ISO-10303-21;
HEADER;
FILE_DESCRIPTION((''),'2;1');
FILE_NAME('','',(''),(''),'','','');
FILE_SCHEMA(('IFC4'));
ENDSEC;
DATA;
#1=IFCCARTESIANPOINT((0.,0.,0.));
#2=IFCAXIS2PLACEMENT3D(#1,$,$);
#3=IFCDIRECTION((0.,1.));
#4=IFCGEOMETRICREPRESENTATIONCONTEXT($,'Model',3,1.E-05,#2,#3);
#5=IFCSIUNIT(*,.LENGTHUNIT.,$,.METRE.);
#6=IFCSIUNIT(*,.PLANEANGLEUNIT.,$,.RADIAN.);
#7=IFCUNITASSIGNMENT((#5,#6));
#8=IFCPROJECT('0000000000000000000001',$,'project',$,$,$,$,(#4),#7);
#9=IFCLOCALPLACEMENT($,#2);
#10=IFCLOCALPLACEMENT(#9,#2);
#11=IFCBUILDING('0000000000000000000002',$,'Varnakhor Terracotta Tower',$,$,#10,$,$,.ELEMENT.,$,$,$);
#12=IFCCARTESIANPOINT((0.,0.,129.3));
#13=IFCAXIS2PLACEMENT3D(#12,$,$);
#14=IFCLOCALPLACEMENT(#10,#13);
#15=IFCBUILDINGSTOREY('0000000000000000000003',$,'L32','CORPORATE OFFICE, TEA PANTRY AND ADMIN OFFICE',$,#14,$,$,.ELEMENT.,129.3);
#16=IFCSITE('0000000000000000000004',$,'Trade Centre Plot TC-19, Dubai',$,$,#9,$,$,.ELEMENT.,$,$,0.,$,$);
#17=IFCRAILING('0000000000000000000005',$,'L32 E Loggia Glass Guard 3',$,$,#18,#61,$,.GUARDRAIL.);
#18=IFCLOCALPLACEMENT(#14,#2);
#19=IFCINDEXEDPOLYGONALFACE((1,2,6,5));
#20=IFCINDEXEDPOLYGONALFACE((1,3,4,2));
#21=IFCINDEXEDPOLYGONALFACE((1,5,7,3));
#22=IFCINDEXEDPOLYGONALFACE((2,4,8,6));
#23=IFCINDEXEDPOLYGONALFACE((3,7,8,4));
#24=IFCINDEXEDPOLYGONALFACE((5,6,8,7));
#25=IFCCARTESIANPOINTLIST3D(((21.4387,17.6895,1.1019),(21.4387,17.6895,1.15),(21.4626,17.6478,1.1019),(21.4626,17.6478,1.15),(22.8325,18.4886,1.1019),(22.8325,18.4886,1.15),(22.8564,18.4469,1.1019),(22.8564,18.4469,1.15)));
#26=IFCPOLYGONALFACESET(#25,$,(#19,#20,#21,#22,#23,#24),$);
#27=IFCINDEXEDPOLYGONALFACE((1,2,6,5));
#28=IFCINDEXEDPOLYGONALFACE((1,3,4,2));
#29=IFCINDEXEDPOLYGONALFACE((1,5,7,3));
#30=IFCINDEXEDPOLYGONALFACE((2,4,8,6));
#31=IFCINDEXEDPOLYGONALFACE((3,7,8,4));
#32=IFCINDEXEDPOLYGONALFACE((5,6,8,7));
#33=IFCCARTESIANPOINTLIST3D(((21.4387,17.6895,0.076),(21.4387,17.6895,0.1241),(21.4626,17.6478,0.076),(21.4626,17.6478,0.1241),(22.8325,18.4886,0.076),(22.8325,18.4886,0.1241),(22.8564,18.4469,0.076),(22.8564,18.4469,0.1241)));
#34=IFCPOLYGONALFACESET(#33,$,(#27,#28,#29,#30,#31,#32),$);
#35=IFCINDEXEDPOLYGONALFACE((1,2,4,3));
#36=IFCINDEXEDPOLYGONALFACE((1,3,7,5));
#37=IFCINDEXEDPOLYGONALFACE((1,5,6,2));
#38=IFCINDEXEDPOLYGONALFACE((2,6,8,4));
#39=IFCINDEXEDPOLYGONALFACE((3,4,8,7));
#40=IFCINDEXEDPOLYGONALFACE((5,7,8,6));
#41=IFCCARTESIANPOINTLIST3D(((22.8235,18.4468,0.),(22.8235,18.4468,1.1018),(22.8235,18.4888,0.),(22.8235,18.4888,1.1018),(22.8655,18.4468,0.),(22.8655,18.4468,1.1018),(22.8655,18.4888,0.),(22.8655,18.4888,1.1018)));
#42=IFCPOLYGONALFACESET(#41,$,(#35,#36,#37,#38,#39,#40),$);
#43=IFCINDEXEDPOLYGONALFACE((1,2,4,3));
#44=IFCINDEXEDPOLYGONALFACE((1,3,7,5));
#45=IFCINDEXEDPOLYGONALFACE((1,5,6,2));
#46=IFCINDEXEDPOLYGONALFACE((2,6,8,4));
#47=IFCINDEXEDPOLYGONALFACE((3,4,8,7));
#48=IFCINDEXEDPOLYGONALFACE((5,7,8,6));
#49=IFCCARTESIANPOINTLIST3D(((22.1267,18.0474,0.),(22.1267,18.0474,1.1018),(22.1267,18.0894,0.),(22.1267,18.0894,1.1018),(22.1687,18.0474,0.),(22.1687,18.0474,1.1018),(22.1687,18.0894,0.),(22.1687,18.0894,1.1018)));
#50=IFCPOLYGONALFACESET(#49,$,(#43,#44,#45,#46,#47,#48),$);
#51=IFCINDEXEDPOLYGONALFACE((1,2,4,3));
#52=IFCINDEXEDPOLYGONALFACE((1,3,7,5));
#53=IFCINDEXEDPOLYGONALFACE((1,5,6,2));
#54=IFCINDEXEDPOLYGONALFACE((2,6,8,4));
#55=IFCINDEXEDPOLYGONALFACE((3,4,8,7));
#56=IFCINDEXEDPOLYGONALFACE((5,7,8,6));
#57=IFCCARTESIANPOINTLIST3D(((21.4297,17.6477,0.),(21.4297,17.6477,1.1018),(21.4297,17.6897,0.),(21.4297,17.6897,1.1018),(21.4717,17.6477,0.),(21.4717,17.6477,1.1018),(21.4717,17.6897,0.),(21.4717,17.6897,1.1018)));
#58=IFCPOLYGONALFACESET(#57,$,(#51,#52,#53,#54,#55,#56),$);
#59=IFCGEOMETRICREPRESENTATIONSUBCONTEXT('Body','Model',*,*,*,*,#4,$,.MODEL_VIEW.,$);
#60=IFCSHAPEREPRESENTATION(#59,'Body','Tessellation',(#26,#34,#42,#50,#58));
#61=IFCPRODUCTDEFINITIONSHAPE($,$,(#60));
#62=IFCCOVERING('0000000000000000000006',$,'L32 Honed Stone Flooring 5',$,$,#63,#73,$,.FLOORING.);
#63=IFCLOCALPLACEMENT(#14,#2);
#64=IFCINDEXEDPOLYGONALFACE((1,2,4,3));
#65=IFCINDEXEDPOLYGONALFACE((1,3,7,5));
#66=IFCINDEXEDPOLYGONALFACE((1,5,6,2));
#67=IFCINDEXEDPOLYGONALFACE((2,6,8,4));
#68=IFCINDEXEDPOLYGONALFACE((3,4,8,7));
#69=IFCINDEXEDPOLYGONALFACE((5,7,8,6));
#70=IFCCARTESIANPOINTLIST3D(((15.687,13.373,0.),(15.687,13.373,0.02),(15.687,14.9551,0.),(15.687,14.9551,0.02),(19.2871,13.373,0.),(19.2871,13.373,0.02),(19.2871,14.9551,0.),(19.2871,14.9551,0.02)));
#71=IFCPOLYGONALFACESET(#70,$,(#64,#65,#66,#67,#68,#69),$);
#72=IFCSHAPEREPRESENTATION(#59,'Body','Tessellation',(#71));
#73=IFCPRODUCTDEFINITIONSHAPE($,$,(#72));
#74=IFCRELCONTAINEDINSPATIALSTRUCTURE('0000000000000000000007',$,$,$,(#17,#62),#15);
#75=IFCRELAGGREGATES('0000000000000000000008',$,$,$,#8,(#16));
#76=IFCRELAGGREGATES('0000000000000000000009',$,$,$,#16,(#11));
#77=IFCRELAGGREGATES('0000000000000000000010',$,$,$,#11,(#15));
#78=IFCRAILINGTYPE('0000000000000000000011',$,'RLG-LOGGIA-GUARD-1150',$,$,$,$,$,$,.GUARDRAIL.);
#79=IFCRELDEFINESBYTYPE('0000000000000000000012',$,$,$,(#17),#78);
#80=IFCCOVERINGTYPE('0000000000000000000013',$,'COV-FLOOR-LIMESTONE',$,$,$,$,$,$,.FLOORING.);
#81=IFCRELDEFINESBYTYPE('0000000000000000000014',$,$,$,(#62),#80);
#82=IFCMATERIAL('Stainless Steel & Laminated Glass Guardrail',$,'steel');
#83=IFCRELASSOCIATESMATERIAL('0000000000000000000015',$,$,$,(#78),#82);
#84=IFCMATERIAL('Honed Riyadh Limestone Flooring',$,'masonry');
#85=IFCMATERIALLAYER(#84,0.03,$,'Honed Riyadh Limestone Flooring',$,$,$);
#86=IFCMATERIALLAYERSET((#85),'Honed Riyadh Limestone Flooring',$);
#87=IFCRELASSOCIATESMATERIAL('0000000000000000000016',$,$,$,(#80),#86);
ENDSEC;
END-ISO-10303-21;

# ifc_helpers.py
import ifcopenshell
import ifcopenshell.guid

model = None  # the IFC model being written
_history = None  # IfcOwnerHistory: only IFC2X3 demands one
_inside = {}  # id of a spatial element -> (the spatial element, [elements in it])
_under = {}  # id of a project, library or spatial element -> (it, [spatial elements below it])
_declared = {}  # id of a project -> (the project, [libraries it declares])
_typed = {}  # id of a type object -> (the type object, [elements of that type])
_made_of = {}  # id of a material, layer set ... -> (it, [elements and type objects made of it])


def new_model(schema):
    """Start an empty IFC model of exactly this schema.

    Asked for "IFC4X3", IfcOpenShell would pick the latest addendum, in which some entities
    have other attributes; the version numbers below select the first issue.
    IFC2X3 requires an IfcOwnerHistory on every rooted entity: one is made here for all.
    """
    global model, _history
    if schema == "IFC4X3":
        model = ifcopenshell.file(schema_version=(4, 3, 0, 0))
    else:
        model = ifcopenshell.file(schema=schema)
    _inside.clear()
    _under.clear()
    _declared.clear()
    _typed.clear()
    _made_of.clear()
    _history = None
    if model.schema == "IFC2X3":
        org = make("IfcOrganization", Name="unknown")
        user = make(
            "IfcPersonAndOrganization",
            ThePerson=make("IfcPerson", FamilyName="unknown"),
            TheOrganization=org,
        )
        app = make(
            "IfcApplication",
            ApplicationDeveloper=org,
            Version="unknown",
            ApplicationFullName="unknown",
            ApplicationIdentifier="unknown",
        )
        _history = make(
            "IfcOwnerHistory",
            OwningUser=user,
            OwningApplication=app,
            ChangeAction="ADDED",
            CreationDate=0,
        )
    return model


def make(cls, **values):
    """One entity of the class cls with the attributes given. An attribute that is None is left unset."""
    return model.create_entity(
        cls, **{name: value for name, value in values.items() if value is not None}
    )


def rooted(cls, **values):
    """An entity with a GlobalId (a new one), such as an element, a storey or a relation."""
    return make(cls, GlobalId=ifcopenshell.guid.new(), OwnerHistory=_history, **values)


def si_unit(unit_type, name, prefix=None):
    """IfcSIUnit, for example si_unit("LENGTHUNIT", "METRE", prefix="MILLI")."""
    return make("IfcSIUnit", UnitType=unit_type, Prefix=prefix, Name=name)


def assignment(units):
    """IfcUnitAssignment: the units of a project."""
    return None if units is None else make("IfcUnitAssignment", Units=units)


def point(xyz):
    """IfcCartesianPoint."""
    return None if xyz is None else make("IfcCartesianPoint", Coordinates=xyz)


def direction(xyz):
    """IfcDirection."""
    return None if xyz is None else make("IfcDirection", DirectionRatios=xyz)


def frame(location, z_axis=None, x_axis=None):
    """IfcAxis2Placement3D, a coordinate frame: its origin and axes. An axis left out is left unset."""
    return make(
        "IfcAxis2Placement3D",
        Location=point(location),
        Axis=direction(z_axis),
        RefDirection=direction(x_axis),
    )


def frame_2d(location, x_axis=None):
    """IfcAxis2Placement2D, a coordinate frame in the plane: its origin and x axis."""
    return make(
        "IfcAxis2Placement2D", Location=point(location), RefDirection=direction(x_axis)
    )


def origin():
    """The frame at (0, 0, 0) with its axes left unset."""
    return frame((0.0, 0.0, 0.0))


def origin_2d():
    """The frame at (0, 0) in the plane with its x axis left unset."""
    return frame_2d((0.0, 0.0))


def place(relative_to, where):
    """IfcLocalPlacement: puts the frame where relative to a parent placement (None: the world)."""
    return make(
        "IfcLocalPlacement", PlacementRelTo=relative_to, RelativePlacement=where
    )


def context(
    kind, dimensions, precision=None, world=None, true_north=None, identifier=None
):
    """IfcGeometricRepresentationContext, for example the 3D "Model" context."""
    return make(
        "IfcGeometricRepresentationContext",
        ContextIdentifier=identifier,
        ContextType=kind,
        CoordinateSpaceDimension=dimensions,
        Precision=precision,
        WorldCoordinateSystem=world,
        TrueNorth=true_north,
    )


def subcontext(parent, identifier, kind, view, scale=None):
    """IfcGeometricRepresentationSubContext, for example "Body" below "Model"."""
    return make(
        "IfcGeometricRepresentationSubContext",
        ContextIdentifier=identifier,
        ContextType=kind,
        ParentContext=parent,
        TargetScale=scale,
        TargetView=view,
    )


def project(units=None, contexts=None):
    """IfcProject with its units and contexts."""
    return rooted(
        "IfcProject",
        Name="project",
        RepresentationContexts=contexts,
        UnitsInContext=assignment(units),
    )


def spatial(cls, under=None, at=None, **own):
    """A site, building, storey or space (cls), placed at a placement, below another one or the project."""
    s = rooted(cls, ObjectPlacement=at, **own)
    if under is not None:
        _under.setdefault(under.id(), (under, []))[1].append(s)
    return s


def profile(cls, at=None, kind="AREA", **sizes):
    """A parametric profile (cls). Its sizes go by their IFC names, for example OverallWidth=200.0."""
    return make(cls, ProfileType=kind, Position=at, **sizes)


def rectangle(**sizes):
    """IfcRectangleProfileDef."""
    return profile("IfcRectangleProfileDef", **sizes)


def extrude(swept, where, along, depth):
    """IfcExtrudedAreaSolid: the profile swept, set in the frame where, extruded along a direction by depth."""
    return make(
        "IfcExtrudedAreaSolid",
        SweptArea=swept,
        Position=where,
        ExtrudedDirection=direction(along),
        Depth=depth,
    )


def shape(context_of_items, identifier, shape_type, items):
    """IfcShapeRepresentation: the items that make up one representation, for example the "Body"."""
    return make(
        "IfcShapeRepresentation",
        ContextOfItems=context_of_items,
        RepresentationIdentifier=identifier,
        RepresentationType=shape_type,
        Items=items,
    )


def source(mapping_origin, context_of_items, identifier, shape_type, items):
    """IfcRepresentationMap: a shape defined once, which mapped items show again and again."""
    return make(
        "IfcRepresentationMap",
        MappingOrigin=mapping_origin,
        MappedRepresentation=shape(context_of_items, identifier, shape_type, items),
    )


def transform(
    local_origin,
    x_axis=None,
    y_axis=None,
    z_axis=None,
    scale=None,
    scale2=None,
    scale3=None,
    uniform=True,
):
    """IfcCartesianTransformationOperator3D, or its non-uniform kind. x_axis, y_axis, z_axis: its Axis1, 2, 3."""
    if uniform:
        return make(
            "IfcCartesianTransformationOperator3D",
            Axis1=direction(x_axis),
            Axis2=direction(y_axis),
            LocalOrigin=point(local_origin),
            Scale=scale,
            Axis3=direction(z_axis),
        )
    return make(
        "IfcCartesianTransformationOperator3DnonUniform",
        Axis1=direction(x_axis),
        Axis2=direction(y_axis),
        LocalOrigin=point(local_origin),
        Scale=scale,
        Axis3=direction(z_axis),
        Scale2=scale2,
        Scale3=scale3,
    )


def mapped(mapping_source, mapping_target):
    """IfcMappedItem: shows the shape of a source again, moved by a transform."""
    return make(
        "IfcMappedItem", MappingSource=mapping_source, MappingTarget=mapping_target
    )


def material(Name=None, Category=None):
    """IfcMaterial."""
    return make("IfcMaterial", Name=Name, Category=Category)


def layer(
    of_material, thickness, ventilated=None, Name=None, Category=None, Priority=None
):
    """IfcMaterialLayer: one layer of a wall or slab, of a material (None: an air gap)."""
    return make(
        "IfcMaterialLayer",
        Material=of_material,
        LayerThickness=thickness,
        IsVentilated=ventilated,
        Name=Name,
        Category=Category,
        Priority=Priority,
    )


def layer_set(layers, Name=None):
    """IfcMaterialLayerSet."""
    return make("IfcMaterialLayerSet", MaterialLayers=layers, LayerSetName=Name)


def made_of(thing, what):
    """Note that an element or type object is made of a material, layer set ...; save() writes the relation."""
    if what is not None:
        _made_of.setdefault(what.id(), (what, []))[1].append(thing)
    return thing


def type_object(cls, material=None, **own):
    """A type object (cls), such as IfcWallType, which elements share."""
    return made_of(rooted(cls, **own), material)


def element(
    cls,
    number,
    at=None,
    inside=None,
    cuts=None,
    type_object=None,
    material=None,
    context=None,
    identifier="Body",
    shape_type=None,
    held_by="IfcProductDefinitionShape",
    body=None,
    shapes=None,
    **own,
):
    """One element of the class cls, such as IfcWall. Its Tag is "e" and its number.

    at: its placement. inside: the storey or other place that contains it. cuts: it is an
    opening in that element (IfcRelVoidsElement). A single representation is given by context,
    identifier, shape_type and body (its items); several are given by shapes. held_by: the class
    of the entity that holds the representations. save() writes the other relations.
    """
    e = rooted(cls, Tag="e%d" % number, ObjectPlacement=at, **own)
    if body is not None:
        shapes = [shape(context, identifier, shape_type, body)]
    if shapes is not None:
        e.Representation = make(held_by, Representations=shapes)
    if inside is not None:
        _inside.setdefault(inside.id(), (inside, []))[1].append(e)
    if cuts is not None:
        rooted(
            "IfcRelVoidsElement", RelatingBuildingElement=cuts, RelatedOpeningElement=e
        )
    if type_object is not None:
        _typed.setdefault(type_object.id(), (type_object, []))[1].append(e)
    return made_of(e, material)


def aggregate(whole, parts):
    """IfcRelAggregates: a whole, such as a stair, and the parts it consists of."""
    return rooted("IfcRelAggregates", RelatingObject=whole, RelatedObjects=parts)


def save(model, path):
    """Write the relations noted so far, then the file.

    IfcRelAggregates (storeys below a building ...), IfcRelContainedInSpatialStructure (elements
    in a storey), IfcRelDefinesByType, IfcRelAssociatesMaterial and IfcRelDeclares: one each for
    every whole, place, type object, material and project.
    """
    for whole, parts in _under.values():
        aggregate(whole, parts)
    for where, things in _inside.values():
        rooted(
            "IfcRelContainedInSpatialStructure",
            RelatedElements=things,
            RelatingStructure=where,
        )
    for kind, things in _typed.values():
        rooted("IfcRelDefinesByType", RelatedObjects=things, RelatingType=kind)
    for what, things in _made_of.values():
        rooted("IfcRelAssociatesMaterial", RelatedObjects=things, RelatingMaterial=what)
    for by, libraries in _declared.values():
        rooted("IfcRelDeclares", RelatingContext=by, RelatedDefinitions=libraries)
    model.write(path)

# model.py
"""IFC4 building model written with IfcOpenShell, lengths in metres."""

from ifc_helpers import new_model, si_unit, direction, frame, origin, origin_2d, place, context, subcontext, project, spatial, rectangle, extrude, source, transform, mapped, material, layer, layer_set, type_object, element, save


model = new_model("IFC4")

# Units and contexts
model_context = context("Model", 3, precision=1e-05, world=origin(), true_north=direction((0.0, 1.0)))
body_context = subcontext(model_context, "Body", "Model", "MODEL_VIEW")
ifc_project = project(units=[si_unit("LENGTHUNIT", "METRE"), si_unit("PLANEANGLEUNIT", "RADIAN")], contexts=[model_context])

# Site, building, storey
site_placement = place(None, origin())
site = spatial("IfcSite", under=ifc_project, at=site_placement, Name="Trade Centre Plot TC-19, Dubai", CompositionType="ELEMENT", RefElevation=0.0)
building_placement = place(site_placement, origin())
building = spatial("IfcBuilding", under=site, at=building_placement, Name="Varnakhor Terracotta Tower", CompositionType="ELEMENT")
storey_placement = place(building_placement, frame((0.0, 0.0, 129.3)))
storey = spatial("IfcBuildingStorey", under=building, at=storey_placement, Name="L32", Description="CORPORATE OFFICE, TEA PANTRY AND ADMIN OFFICE", CompositionType="ELEMENT", Elevation=129.3)

# Railing
ifc_material_1 = material(Name="Stainless Steel & Laminated Glass Guardrail", Category="steel")
railing_type = type_object("IfcRailingType", Name="RLG-LOGGIA-GUARD-1150", PredefinedType="GUARDRAIL", material=ifc_material_1)
railing_placement = place(storey_placement, frame((22.8445, 18.4678, 0.0)))
element("IfcRailing", 1, at=railing_placement, inside=storey, type_object=railing_type, Name="L32 E Loggia Glass Guard 3", PredefinedType="GUARDRAIL", context=body_context, shape_type="SweptSolid", body=[
    extrude(rectangle(XDim=0.0481, YDim=0.0481, at=origin_2d()), frame((0.0, 0.0, 1.126), z_axis=(-0.867541, -0.497366, 0.0), x_axis=(0.497366, -0.867541, 0.0)), (0.0, 0.0, 1.0), 1.6067),
    extrude(rectangle(XDim=0.0481, YDim=0.0481, at=origin_2d()), frame((0.0, 0.0, 0.1001), z_axis=(-0.867541, -0.497366, 0.0), x_axis=(0.497366, -0.867541, 0.0)), (0.0, 0.0, 1.0), 1.6067),
    extrude(rectangle(XDim=0.042, YDim=0.042, at=origin_2d()), origin(), (0.0, 0.0, 1.0), 1.1018),
    extrude(rectangle(XDim=0.042, YDim=0.042, at=origin_2d()), frame((-0.6968, -0.3994, 0.0)), (0.0, 0.0, 1.0), 1.1018),
    extrude(rectangle(XDim=0.042, YDim=0.042, at=origin_2d()), frame((-1.3938, -0.7991, 0.0)), (0.0, 0.0, 1.0), 1.1018),
])

# Covering
ifc_material_2 = material(Name="Honed Riyadh Limestone Flooring", Category="masonry")
ifc_layer_1 = layer(ifc_material_2, 0.03, Name="Honed Riyadh Limestone Flooring")
ifc_layer_set_1 = layer_set([ifc_layer_1], Name="Honed Riyadh Limestone Flooring")
covering_type = type_object("IfcCoveringType", Name="COV-FLOOR-LIMESTONE", PredefinedType="FLOORING", material=ifc_layer_set_1)
shared_shape_1 = source(origin(), body_context, "Body", "SweptSolid", [
    extrude(rectangle(XDim=3.6001, YDim=1.582, at=origin_2d()), origin(), (0.0, 0.0, 1.0), 0.02),
])
covering_placement = place(storey_placement, frame((17.4871, 14.1641, 0.0), z_axis=(0.0, 0.0, 1.0), x_axis=(1.0, 0.0, 0.0)))
element("IfcCovering", 2, at=covering_placement, inside=storey, type_object=covering_type, Name="L32 Honed Stone Flooring 5", PredefinedType="FLOORING", context=body_context, shape_type="MappedRepresentation", body=[
    mapped(shared_shape_1, transform((0.0, 0.0, 0.0), scale=1.0)),
])

save(model, "model.ifc")
